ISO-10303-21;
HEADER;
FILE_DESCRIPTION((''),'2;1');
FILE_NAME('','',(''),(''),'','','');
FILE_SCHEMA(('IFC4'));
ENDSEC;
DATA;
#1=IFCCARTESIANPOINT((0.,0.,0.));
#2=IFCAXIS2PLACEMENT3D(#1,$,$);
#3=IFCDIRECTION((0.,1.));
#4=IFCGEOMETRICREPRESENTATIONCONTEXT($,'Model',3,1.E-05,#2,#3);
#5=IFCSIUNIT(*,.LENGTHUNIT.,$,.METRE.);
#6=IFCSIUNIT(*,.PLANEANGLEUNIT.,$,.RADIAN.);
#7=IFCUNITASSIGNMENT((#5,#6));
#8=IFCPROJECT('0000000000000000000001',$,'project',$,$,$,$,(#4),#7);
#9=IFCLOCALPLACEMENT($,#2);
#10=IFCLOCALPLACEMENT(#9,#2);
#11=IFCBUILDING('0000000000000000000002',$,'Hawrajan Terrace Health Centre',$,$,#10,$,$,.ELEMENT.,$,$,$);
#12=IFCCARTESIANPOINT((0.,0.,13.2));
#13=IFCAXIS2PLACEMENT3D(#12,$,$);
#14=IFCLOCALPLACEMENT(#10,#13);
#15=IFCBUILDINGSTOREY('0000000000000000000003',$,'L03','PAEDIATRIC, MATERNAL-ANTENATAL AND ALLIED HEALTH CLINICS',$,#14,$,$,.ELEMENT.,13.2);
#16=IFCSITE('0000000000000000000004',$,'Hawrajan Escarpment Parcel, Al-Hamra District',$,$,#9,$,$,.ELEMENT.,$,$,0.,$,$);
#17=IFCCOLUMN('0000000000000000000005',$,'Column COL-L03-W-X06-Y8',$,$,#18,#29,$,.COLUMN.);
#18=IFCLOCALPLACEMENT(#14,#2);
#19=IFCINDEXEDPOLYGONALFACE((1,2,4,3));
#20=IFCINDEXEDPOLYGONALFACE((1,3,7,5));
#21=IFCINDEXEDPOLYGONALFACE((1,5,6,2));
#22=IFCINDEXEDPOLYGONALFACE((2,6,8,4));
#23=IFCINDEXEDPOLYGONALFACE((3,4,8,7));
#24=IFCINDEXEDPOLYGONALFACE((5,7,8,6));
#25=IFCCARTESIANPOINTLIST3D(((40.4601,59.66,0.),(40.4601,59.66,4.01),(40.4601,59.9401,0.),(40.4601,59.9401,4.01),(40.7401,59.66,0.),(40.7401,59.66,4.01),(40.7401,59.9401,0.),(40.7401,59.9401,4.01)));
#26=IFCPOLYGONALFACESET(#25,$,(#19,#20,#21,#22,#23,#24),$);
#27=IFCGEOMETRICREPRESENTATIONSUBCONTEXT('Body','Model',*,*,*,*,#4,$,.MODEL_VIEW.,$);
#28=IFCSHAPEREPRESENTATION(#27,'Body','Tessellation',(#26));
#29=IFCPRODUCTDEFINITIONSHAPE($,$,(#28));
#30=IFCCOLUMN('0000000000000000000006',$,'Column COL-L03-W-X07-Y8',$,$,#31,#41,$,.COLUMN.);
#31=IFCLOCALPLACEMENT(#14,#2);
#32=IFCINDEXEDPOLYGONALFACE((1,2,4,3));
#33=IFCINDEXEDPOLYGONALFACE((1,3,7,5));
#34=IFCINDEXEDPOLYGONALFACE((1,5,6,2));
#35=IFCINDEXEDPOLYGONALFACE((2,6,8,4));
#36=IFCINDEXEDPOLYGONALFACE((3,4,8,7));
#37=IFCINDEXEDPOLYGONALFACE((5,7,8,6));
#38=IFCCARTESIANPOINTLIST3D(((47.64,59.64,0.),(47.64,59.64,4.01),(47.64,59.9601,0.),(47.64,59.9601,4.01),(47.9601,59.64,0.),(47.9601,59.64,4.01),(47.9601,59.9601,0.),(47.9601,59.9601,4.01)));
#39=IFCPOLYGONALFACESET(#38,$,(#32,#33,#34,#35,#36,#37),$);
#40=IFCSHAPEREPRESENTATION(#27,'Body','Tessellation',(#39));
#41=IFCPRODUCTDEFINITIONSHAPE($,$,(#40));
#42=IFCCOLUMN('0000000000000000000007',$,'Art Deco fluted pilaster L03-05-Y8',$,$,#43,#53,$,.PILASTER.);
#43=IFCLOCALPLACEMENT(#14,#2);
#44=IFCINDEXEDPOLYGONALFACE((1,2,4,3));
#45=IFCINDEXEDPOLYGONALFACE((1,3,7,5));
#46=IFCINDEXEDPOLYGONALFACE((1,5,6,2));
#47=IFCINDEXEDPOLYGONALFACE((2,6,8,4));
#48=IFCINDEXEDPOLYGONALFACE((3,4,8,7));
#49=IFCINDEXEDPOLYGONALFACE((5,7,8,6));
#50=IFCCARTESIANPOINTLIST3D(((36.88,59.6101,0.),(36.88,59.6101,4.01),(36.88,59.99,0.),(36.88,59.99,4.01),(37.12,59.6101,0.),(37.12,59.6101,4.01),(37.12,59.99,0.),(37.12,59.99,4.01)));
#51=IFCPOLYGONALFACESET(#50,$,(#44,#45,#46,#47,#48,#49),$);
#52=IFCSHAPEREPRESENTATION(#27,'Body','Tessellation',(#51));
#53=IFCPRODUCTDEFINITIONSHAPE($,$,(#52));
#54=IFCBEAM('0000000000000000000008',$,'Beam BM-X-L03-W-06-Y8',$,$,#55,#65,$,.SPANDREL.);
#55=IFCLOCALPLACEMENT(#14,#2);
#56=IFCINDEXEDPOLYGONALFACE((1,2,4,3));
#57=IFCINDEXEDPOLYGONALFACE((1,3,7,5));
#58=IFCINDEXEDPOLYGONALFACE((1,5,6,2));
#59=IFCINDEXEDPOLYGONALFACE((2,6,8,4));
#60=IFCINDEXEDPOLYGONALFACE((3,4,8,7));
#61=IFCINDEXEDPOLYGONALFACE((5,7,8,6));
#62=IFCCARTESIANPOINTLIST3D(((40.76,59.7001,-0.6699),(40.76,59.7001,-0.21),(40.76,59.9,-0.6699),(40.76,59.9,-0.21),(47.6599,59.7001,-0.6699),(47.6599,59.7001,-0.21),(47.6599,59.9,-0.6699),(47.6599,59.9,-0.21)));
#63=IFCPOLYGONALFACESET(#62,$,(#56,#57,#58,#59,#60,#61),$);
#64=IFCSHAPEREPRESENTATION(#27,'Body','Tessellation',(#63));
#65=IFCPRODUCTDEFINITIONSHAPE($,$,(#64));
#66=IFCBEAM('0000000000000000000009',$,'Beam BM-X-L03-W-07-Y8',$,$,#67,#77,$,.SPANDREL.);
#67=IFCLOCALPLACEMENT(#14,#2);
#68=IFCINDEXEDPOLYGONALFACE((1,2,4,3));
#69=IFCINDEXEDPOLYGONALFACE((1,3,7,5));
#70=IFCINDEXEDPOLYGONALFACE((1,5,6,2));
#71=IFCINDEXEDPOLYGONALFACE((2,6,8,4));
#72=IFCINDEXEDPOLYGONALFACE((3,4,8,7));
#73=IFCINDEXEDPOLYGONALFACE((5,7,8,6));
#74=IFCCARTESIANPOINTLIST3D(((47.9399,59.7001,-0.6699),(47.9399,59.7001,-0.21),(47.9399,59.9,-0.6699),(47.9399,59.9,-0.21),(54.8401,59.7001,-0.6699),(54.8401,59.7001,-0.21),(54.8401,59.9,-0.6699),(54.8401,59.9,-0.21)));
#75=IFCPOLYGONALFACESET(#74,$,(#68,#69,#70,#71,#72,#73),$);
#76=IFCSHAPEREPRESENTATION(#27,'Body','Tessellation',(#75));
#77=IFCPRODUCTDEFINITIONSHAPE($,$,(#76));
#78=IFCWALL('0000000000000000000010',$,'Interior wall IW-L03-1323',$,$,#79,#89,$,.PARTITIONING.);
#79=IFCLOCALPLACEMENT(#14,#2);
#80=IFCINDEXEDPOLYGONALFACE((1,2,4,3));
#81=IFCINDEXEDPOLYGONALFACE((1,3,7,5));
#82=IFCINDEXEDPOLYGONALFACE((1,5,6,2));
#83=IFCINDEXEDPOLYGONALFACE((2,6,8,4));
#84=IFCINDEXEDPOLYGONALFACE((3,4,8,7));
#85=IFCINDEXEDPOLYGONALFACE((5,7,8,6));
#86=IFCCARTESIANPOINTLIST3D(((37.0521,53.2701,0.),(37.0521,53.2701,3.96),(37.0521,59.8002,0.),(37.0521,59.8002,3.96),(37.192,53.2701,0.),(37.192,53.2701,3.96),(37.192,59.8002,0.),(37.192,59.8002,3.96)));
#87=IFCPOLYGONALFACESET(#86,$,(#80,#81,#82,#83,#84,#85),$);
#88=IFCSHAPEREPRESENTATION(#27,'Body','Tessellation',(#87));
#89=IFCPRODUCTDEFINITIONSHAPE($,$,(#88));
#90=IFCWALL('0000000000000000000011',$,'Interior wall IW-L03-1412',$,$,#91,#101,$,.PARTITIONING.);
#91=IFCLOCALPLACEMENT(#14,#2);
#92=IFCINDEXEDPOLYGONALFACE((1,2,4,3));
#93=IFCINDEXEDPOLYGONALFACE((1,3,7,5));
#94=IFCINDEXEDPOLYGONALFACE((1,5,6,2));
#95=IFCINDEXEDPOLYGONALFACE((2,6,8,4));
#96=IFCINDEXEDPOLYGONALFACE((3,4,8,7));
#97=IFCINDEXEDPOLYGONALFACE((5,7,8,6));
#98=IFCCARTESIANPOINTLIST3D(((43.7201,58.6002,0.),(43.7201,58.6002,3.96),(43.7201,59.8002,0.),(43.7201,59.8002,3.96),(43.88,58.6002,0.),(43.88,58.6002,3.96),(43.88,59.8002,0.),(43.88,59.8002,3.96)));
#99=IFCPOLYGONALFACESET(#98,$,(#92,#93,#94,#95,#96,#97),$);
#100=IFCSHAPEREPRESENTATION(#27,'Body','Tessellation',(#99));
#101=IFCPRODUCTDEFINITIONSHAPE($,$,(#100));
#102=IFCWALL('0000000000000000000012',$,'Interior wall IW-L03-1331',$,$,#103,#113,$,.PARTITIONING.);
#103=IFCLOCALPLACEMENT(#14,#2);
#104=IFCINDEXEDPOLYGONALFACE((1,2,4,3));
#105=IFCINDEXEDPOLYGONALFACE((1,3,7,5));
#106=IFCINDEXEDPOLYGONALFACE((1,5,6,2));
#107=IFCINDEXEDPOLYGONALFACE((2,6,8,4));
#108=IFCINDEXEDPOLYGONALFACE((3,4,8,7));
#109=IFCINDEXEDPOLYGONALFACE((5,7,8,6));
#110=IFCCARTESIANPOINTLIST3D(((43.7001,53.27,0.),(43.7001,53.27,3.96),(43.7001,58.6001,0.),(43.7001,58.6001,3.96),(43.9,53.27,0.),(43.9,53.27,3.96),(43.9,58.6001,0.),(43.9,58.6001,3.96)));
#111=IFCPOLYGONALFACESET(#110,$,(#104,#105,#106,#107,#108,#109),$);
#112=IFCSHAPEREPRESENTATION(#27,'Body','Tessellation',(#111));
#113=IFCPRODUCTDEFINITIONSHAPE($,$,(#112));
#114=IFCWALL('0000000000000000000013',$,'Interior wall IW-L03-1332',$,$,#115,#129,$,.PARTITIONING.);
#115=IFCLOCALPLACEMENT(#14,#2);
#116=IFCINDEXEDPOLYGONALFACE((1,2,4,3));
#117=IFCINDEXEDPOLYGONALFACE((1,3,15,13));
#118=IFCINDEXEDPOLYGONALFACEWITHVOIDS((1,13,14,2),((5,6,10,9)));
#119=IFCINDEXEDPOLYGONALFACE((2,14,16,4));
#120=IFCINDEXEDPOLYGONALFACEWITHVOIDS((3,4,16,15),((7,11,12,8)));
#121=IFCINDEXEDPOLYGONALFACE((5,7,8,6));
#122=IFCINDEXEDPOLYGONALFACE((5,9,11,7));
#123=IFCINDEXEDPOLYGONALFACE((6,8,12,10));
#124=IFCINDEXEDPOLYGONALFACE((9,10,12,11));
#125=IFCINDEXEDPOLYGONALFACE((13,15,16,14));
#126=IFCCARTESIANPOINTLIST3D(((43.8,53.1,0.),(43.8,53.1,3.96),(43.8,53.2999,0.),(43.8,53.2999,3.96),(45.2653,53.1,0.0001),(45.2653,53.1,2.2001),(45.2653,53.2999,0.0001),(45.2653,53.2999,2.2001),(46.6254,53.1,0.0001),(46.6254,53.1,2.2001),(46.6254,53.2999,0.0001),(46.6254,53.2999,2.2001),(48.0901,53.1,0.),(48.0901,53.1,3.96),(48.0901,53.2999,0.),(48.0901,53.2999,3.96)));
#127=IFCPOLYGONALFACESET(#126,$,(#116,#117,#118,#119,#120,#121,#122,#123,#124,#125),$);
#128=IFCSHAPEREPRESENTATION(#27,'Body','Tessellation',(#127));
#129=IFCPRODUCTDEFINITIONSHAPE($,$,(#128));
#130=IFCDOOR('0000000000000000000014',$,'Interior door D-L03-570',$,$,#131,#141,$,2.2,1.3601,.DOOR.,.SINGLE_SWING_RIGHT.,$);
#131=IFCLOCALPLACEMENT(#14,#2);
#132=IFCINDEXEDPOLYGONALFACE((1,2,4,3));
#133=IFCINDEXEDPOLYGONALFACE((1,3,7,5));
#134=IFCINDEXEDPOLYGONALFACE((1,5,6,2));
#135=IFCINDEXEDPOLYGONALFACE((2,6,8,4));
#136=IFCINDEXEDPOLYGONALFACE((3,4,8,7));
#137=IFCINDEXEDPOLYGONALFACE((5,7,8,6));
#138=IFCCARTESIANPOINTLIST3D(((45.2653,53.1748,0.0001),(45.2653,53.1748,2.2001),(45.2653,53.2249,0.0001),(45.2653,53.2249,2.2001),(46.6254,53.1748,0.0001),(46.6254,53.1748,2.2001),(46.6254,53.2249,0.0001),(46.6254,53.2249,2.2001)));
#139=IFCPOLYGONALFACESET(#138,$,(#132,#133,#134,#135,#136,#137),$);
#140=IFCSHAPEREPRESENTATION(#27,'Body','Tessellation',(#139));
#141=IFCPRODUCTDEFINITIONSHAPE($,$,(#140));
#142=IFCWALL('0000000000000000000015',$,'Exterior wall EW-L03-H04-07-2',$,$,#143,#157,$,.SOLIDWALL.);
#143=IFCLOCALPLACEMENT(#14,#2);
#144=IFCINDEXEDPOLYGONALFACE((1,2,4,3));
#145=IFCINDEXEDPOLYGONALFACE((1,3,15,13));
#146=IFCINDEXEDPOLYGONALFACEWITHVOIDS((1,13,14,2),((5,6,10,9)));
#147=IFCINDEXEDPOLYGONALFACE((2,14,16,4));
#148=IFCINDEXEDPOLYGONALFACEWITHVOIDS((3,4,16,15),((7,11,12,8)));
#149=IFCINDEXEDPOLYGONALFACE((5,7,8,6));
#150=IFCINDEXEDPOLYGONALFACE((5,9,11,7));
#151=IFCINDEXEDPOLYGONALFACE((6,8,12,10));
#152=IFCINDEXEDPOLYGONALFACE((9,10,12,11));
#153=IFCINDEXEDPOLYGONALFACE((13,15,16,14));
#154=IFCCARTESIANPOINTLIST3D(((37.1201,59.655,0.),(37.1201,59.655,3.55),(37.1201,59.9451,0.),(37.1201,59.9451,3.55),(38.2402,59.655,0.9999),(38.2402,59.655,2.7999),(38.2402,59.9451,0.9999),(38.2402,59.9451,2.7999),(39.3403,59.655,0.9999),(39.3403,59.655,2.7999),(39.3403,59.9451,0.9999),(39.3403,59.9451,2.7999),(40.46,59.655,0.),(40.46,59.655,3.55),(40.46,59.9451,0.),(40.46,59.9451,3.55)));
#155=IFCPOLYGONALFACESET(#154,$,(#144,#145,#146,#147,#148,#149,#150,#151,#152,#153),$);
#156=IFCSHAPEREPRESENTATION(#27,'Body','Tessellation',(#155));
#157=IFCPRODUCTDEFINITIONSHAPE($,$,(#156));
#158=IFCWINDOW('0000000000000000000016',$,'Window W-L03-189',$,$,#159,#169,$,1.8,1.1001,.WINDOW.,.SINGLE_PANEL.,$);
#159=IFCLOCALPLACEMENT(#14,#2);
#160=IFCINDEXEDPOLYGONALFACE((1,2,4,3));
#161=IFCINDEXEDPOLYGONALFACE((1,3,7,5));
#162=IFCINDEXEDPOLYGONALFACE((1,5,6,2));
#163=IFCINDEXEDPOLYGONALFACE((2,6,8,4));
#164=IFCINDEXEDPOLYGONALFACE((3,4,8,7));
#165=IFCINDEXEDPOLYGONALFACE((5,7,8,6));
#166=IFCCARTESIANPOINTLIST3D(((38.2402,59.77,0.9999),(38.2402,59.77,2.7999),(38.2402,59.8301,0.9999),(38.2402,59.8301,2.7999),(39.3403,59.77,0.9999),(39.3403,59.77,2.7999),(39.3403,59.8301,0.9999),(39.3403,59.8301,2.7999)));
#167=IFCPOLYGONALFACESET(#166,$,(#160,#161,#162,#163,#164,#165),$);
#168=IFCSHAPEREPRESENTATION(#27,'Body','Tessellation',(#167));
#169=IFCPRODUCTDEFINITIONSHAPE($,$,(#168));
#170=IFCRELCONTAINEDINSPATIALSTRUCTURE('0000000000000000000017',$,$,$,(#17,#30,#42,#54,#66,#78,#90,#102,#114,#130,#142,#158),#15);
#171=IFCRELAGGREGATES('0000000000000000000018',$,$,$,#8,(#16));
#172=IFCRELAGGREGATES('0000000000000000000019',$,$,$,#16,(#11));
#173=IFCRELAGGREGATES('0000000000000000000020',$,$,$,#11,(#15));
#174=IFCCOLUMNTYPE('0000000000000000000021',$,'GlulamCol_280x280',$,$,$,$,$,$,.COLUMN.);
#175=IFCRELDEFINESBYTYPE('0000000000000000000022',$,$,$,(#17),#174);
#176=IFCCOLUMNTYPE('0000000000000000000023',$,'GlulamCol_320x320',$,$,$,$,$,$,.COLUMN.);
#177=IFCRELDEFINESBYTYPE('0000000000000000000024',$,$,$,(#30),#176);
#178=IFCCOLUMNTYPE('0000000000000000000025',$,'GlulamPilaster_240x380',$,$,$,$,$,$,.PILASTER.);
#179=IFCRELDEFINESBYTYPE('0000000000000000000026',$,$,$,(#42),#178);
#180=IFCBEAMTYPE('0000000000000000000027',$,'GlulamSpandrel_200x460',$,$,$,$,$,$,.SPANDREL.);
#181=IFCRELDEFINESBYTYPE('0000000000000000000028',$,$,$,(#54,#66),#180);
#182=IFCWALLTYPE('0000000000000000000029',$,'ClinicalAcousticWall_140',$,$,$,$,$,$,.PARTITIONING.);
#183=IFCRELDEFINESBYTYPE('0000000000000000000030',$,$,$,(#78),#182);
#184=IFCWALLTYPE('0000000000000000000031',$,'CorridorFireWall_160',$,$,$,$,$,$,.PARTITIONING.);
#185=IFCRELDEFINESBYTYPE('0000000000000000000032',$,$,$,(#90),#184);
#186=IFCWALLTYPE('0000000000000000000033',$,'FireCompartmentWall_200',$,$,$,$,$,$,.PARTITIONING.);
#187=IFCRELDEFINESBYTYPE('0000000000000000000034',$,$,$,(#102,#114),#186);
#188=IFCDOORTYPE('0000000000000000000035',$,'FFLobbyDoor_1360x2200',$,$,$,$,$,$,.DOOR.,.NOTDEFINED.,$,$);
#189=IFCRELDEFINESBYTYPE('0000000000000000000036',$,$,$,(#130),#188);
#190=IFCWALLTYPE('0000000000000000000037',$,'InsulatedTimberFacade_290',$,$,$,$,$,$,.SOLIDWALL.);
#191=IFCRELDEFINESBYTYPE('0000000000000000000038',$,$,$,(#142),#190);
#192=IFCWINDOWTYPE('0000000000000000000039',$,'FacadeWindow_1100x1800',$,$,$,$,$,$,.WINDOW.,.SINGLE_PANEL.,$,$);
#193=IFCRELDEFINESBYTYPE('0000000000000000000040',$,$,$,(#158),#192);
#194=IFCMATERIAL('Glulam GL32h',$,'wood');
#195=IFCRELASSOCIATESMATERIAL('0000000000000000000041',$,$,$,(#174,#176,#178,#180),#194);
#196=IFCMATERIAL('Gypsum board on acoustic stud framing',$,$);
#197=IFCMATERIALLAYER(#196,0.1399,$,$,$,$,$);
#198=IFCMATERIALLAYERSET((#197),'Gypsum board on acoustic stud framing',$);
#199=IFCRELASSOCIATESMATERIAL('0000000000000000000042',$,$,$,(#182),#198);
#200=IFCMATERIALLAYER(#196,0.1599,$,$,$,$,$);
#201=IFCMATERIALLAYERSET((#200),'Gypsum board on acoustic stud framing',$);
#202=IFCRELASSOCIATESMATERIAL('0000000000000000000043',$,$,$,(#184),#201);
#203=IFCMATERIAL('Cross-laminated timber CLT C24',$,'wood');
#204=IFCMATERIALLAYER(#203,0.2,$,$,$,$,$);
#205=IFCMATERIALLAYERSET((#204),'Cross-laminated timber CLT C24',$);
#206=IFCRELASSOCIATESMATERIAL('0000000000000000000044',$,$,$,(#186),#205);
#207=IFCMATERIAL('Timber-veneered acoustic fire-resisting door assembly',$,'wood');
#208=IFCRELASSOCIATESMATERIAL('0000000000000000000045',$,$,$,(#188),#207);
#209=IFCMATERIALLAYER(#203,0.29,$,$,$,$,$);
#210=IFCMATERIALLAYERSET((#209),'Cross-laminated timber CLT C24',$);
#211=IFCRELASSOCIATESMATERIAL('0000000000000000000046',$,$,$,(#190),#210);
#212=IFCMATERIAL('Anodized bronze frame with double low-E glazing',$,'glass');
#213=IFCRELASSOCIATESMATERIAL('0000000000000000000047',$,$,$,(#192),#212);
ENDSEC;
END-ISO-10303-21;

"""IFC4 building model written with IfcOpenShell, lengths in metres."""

from ifc_helpers import new_model, si_unit, direction, frame, frame_2d, origin, origin_2d, place, context, subcontext, project, spatial, rectangle, extrude, material, layer, layer_set, material_profile, profile_set, type_object, element, fill, save


model = new_model("IFC4")

# Units and contexts
model_context = context("Model", 3, precision=1e-05, world=origin(), true_north=direction((0.0, 1.0)))
body_context = subcontext(model_context, "Body", "Model", "MODEL_VIEW")
ifc_project = project(units=[si_unit("LENGTHUNIT", "METRE"), si_unit("PLANEANGLEUNIT", "RADIAN")], contexts=[model_context])

# Site, building, storey
site_placement = place(None, origin())
site = spatial("IfcSite", under=ifc_project, at=site_placement, Name="Hawrajan Escarpment Parcel, Al-Hamra District", CompositionType="ELEMENT", RefElevation=0.0)
building_placement = place(site_placement, origin())
building = spatial("IfcBuilding", under=site, at=building_placement, Name="Hawrajan Terrace Health Centre", CompositionType="ELEMENT")
storey_placement = place(building_placement, frame((0.0, 0.0, 13.2)))
storey = spatial("IfcBuildingStorey", under=building, at=storey_placement, Name="L03", Description="PAEDIATRIC, MATERNAL-ANTENATAL AND ALLIED HEALTH CLINICS", CompositionType="ELEMENT", Elevation=13.2)

# Columns
ifc_material_1 = material(Name="Glulam GL32h", Category="wood")
ifc_material_profile_1 = material_profile(ifc_material_1, rectangle(XDim=0.28, YDim=0.28, at=origin_2d()), Name="GL 280x280")
ifc_profile_set_1 = profile_set([ifc_material_profile_1], Name="Glulam GL32h")
column_type_1 = type_object("IfcColumnType", Name="GlulamCol_280x280", PredefinedType="COLUMN", material=ifc_profile_set_1)
column_1_placement = place(storey_placement, frame((40.6001, 59.8, 0.0), z_axis=(0.0, 0.0, 1.0), x_axis=(1.0, 0.0, 0.0)))
element("IfcColumn", 1, at=column_1_placement, inside=storey, type_object=column_type_1, Name="Column COL-L03-W-X06-Y8", PredefinedType="COLUMN", context=body_context, shape_type="SweptSolid", body=[
    extrude(rectangle(XDim=0.28, YDim=0.28, at=origin_2d()), origin(), (0.0, 0.0, 1.0), 4.01),
])
ifc_material_profile_2 = material_profile(ifc_material_1, rectangle(XDim=0.3201, YDim=0.3201, at=origin_2d()), Name="GL 320x320")
ifc_profile_set_2 = profile_set([ifc_material_profile_2], Name="Glulam GL32h")
column_type_2 = type_object("IfcColumnType", Name="GlulamCol_320x320", PredefinedType="COLUMN", material=ifc_profile_set_2)
column_2_placement = place(storey_placement, frame((47.8, 59.8, 0.0), z_axis=(0.0, 0.0, 1.0), x_axis=(1.0, 0.0, 0.0)))
element("IfcColumn", 2, at=column_2_placement, inside=storey, type_object=column_type_2, Name="Column COL-L03-W-X07-Y8", PredefinedType="COLUMN", context=body_context, shape_type="SweptSolid", body=[
    extrude(rectangle(XDim=0.3201, YDim=0.3201, at=origin_2d()), origin(), (0.0, 0.0, 1.0), 4.01),
])
ifc_material_profile_3 = material_profile(ifc_material_1, rectangle(XDim=0.24, YDim=0.3799, at=origin_2d()), Name="GL PIL 240x380")
ifc_profile_set_3 = profile_set([ifc_material_profile_3], Name="Glulam GL32h")
column_type_3 = type_object("IfcColumnType", Name="GlulamPilaster_240x380", PredefinedType="PILASTER", material=ifc_profile_set_3)
column_3_placement = place(storey_placement, frame((37.0, 59.8, 0.0), z_axis=(0.0, 0.0, 1.0), x_axis=(1.0, 0.0, 0.0)))
element("IfcColumn", 3, at=column_3_placement, inside=storey, type_object=column_type_3, Name="Art Deco fluted pilaster L03-05-Y8", PredefinedType="PILASTER", context=body_context, shape_type="SweptSolid", body=[
    extrude(rectangle(XDim=0.24, YDim=0.3799, at=origin_2d()), origin(), (0.0, 0.0, 1.0), 4.01),
])

# Beams
ifc_material_profile_4 = material_profile(ifc_material_1, rectangle(XDim=0.2, YDim=0.46, at=origin_2d()), Name="GL SP 200x460")
ifc_profile_set_4 = profile_set([ifc_material_profile_4], Name="Glulam GL32h")
beam_type = type_object("IfcBeamType", Name="GlulamSpandrel_200x460", PredefinedType="SPANDREL", material=ifc_profile_set_4)
beam_1_placement = place(storey_placement, frame((40.76, 59.8, -0.4399), z_axis=(1.0, 0.0, 0.0), x_axis=(0.0, 1.0, 0.0)))
element("IfcBeam", 4, at=beam_1_placement, inside=storey, type_object=beam_type, Name="Beam BM-X-L03-W-06-Y8", PredefinedType="SPANDREL", context=body_context, shape_type="SweptSolid", body=[
    extrude(rectangle(XDim=0.2, YDim=0.46, at=origin_2d()), origin(), (0.0, 0.0, 1.0), 6.8999),
])
beam_2_placement = place(storey_placement, frame((47.9399, 59.8, -0.4399), z_axis=(1.0, 0.0, 0.0), x_axis=(0.0, 1.0, 0.0)))
element("IfcBeam", 5, at=beam_2_placement, inside=storey, type_object=beam_type, Name="Beam BM-X-L03-W-07-Y8", PredefinedType="SPANDREL", context=body_context, shape_type="SweptSolid", body=[
    extrude(rectangle(XDim=0.2, YDim=0.46, at=origin_2d()), origin(), (0.0, 0.0, 1.0), 6.9001),
])

# Walls
ifc_material_2 = material(Name="Gypsum board on acoustic stud framing")
ifc_layer_1 = layer(ifc_material_2, 0.1399)
ifc_layer_set_1 = layer_set([ifc_layer_1], Name="Gypsum board on acoustic stud framing")
wall_type_1 = type_object("IfcWallType", Name="ClinicalAcousticWall_140", PredefinedType="PARTITIONING", material=ifc_layer_set_1)
wall_1_placement = place(storey_placement, frame((37.1221, 53.27, 0.0), z_axis=(0.0, 0.0, 1.0), x_axis=(0.0, 1.0, 0.0)))
element("IfcWall", 6, at=wall_1_placement, inside=storey, type_object=wall_type_1, Name="Interior wall IW-L03-1323", PredefinedType="PARTITIONING", context=body_context, shape_type="SweptSolid", body=[
    extrude(rectangle(XDim=6.53, YDim=0.1399, at=frame_2d((3.2651, 0.0))), origin(), (0.0, 0.0, 1.0), 3.96),
])
ifc_layer_2 = layer(ifc_material_2, 0.1599)
ifc_layer_set_2 = layer_set([ifc_layer_2], Name="Gypsum board on acoustic stud framing")
wall_type_2 = type_object("IfcWallType", Name="CorridorFireWall_160", PredefinedType="PARTITIONING", material=ifc_layer_set_2)
wall_2_placement = place(storey_placement, frame((43.8, 58.6001, 0.0), z_axis=(0.0, 0.0, 1.0), x_axis=(0.0, 1.0, 0.0)))
element("IfcWall", 7, at=wall_2_placement, inside=storey, type_object=wall_type_2, Name="Interior wall IW-L03-1412", PredefinedType="PARTITIONING", context=body_context, shape_type="SweptSolid", body=[
    extrude(rectangle(XDim=1.2, YDim=0.1599, at=frame_2d((0.6001, 0.0))), origin(), (0.0, 0.0, 1.0), 3.96),
])
ifc_material_3 = material(Name="Cross-laminated timber CLT C24", Category="wood")
ifc_layer_3 = layer(ifc_material_3, 0.2)
ifc_layer_set_3 = layer_set([ifc_layer_3], Name="Cross-laminated timber CLT C24")
wall_type_3 = type_object("IfcWallType", Name="FireCompartmentWall_200", PredefinedType="PARTITIONING", material=ifc_layer_set_3)
wall_3_placement = place(storey_placement, frame((43.8, 53.27, 0.0), z_axis=(0.0, 0.0, 1.0), x_axis=(0.0, 1.0, 0.0)))
element("IfcWall", 8, at=wall_3_placement, inside=storey, type_object=wall_type_3, Name="Interior wall IW-L03-1331", PredefinedType="PARTITIONING", context=body_context, shape_type="SweptSolid", body=[
    extrude(rectangle(XDim=5.3301, YDim=0.2, at=frame_2d((2.665, 0.0))), origin(), (0.0, 0.0, 1.0), 3.96),
])

# Wall, opening, door
wall_4_placement = place(storey_placement, frame((43.8, 53.2, 0.0), z_axis=(0.0, 0.0, 1.0), x_axis=(1.0, 0.0, 0.0)))
wall_4 = element("IfcWall", 9, at=wall_4_placement, inside=storey, type_object=wall_type_3, Name="Interior wall IW-L03-1332", PredefinedType="PARTITIONING", context=body_context, shape_type="SweptSolid", body=[
    extrude(rectangle(XDim=4.29, YDim=0.2, at=frame_2d((2.145, 0.0))), origin(), (0.0, 0.0, 1.0), 3.96),
])
opening_1_placement = place(wall_4_placement, frame((1.4651, 0.0, 0.0)))
opening_1 = element("IfcOpeningElement", 10, at=opening_1_placement, cuts=wall_4, PredefinedType="OPENING", context=body_context, shape_type="SweptSolid", body=[
    extrude(rectangle(XDim=1.3601, YDim=2.2, at=frame_2d((0.6802, 1.1001))), frame((0.0, 0.1099, 0.0), z_axis=(0.0, -1.0, 0.0), x_axis=(1.0, 0.0, 0.0)), (0.0, 0.0, 1.0), 0.22),
])
ifc_material_4 = material(Name="Timber-veneered acoustic fire-resisting door assembly", Category="wood")
door_type = type_object("IfcDoorType", Name="FFLobbyDoor_1360x2200", OperationType="NOTDEFINED", PredefinedType="DOOR", material=ifc_material_4)
door_placement = place(opening_1_placement, origin())
door = element("IfcDoor", 11, at=door_placement, inside=storey, type_object=door_type, Name="Interior door D-L03-570", OperationType="SINGLE_SWING_RIGHT", OverallHeight=2.2, OverallWidth=1.3601, PredefinedType="DOOR", context=body_context, shape_type="SweptSolid", body=[
    extrude(rectangle(XDim=1.3601, YDim=2.2, at=frame_2d((0.6802, 1.1001))), frame((0.0, 0.0249, 0.0), z_axis=(0.0, -1.0, 0.0), x_axis=(1.0, 0.0, 0.0)), (0.0, 0.0, 1.0), 0.05),
])
fill(opening_1, door)

# Wall, opening, window
ifc_layer_4 = layer(ifc_material_3, 0.29)
ifc_layer_set_4 = layer_set([ifc_layer_4], Name="Cross-laminated timber CLT C24")
wall_type_4 = type_object("IfcWallType", Name="InsulatedTimberFacade_290", PredefinedType="SOLIDWALL", material=ifc_layer_set_4)
wall_5_placement = place(storey_placement, frame((37.1201, 59.8, 0.0), z_axis=(0.0, 0.0, 1.0), x_axis=(1.0, 0.0, 0.0)))
wall_5 = element("IfcWall", 12, at=wall_5_placement, inside=storey, type_object=wall_type_4, Name="Exterior wall EW-L03-H04-07-2", PredefinedType="SOLIDWALL", context=body_context, shape_type="SweptSolid", body=[
    extrude(rectangle(XDim=3.3398, YDim=0.29, at=frame_2d((1.6699, 0.0))), origin(), (0.0, 0.0, 1.0), 3.55),
])
opening_2_placement = place(wall_5_placement, frame((1.1201, 0.0, 1.0)))
opening_2 = element("IfcOpeningElement", 13, at=opening_2_placement, cuts=wall_5, PredefinedType="OPENING", context=body_context, shape_type="SweptSolid", body=[
    extrude(rectangle(XDim=1.1001, YDim=1.8, at=frame_2d((0.55, 0.8999))), frame((0.0, 0.155, 0.0), z_axis=(0.0, -1.0, 0.0), x_axis=(1.0, 0.0, 0.0)), (0.0, 0.0, 1.0), 0.3101),
])
ifc_material_5 = material(Name="Anodized bronze frame with double low-E glazing", Category="glass")
window_type_1 = type_object("IfcWindowType", Name="FacadeWindow_1100x1800", PartitioningType="SINGLE_PANEL", PredefinedType="WINDOW", material=ifc_material_5)
window_1_placement = place(opening_2_placement, origin())
window_1 = element("IfcWindow", 14, at=window_1_placement, inside=storey, type_object=window_type_1, Name="Window W-L03-189", OverallHeight=1.8, OverallWidth=1.1001, PartitioningType="SINGLE_PANEL", PredefinedType="WINDOW", context=body_context, shape_type="SweptSolid", body=[
    extrude(rectangle(XDim=1.1001, YDim=1.8, at=frame_2d((0.55, 0.8999))), frame((0.0, 0.03, 0.0), z_axis=(0.0, -1.0, 0.0), x_axis=(1.0, 0.0, 0.0)), (0.0, 0.0, 1.0), 0.0601),
])
fill(opening_2, window_1)

save(model, "model.ifc")
